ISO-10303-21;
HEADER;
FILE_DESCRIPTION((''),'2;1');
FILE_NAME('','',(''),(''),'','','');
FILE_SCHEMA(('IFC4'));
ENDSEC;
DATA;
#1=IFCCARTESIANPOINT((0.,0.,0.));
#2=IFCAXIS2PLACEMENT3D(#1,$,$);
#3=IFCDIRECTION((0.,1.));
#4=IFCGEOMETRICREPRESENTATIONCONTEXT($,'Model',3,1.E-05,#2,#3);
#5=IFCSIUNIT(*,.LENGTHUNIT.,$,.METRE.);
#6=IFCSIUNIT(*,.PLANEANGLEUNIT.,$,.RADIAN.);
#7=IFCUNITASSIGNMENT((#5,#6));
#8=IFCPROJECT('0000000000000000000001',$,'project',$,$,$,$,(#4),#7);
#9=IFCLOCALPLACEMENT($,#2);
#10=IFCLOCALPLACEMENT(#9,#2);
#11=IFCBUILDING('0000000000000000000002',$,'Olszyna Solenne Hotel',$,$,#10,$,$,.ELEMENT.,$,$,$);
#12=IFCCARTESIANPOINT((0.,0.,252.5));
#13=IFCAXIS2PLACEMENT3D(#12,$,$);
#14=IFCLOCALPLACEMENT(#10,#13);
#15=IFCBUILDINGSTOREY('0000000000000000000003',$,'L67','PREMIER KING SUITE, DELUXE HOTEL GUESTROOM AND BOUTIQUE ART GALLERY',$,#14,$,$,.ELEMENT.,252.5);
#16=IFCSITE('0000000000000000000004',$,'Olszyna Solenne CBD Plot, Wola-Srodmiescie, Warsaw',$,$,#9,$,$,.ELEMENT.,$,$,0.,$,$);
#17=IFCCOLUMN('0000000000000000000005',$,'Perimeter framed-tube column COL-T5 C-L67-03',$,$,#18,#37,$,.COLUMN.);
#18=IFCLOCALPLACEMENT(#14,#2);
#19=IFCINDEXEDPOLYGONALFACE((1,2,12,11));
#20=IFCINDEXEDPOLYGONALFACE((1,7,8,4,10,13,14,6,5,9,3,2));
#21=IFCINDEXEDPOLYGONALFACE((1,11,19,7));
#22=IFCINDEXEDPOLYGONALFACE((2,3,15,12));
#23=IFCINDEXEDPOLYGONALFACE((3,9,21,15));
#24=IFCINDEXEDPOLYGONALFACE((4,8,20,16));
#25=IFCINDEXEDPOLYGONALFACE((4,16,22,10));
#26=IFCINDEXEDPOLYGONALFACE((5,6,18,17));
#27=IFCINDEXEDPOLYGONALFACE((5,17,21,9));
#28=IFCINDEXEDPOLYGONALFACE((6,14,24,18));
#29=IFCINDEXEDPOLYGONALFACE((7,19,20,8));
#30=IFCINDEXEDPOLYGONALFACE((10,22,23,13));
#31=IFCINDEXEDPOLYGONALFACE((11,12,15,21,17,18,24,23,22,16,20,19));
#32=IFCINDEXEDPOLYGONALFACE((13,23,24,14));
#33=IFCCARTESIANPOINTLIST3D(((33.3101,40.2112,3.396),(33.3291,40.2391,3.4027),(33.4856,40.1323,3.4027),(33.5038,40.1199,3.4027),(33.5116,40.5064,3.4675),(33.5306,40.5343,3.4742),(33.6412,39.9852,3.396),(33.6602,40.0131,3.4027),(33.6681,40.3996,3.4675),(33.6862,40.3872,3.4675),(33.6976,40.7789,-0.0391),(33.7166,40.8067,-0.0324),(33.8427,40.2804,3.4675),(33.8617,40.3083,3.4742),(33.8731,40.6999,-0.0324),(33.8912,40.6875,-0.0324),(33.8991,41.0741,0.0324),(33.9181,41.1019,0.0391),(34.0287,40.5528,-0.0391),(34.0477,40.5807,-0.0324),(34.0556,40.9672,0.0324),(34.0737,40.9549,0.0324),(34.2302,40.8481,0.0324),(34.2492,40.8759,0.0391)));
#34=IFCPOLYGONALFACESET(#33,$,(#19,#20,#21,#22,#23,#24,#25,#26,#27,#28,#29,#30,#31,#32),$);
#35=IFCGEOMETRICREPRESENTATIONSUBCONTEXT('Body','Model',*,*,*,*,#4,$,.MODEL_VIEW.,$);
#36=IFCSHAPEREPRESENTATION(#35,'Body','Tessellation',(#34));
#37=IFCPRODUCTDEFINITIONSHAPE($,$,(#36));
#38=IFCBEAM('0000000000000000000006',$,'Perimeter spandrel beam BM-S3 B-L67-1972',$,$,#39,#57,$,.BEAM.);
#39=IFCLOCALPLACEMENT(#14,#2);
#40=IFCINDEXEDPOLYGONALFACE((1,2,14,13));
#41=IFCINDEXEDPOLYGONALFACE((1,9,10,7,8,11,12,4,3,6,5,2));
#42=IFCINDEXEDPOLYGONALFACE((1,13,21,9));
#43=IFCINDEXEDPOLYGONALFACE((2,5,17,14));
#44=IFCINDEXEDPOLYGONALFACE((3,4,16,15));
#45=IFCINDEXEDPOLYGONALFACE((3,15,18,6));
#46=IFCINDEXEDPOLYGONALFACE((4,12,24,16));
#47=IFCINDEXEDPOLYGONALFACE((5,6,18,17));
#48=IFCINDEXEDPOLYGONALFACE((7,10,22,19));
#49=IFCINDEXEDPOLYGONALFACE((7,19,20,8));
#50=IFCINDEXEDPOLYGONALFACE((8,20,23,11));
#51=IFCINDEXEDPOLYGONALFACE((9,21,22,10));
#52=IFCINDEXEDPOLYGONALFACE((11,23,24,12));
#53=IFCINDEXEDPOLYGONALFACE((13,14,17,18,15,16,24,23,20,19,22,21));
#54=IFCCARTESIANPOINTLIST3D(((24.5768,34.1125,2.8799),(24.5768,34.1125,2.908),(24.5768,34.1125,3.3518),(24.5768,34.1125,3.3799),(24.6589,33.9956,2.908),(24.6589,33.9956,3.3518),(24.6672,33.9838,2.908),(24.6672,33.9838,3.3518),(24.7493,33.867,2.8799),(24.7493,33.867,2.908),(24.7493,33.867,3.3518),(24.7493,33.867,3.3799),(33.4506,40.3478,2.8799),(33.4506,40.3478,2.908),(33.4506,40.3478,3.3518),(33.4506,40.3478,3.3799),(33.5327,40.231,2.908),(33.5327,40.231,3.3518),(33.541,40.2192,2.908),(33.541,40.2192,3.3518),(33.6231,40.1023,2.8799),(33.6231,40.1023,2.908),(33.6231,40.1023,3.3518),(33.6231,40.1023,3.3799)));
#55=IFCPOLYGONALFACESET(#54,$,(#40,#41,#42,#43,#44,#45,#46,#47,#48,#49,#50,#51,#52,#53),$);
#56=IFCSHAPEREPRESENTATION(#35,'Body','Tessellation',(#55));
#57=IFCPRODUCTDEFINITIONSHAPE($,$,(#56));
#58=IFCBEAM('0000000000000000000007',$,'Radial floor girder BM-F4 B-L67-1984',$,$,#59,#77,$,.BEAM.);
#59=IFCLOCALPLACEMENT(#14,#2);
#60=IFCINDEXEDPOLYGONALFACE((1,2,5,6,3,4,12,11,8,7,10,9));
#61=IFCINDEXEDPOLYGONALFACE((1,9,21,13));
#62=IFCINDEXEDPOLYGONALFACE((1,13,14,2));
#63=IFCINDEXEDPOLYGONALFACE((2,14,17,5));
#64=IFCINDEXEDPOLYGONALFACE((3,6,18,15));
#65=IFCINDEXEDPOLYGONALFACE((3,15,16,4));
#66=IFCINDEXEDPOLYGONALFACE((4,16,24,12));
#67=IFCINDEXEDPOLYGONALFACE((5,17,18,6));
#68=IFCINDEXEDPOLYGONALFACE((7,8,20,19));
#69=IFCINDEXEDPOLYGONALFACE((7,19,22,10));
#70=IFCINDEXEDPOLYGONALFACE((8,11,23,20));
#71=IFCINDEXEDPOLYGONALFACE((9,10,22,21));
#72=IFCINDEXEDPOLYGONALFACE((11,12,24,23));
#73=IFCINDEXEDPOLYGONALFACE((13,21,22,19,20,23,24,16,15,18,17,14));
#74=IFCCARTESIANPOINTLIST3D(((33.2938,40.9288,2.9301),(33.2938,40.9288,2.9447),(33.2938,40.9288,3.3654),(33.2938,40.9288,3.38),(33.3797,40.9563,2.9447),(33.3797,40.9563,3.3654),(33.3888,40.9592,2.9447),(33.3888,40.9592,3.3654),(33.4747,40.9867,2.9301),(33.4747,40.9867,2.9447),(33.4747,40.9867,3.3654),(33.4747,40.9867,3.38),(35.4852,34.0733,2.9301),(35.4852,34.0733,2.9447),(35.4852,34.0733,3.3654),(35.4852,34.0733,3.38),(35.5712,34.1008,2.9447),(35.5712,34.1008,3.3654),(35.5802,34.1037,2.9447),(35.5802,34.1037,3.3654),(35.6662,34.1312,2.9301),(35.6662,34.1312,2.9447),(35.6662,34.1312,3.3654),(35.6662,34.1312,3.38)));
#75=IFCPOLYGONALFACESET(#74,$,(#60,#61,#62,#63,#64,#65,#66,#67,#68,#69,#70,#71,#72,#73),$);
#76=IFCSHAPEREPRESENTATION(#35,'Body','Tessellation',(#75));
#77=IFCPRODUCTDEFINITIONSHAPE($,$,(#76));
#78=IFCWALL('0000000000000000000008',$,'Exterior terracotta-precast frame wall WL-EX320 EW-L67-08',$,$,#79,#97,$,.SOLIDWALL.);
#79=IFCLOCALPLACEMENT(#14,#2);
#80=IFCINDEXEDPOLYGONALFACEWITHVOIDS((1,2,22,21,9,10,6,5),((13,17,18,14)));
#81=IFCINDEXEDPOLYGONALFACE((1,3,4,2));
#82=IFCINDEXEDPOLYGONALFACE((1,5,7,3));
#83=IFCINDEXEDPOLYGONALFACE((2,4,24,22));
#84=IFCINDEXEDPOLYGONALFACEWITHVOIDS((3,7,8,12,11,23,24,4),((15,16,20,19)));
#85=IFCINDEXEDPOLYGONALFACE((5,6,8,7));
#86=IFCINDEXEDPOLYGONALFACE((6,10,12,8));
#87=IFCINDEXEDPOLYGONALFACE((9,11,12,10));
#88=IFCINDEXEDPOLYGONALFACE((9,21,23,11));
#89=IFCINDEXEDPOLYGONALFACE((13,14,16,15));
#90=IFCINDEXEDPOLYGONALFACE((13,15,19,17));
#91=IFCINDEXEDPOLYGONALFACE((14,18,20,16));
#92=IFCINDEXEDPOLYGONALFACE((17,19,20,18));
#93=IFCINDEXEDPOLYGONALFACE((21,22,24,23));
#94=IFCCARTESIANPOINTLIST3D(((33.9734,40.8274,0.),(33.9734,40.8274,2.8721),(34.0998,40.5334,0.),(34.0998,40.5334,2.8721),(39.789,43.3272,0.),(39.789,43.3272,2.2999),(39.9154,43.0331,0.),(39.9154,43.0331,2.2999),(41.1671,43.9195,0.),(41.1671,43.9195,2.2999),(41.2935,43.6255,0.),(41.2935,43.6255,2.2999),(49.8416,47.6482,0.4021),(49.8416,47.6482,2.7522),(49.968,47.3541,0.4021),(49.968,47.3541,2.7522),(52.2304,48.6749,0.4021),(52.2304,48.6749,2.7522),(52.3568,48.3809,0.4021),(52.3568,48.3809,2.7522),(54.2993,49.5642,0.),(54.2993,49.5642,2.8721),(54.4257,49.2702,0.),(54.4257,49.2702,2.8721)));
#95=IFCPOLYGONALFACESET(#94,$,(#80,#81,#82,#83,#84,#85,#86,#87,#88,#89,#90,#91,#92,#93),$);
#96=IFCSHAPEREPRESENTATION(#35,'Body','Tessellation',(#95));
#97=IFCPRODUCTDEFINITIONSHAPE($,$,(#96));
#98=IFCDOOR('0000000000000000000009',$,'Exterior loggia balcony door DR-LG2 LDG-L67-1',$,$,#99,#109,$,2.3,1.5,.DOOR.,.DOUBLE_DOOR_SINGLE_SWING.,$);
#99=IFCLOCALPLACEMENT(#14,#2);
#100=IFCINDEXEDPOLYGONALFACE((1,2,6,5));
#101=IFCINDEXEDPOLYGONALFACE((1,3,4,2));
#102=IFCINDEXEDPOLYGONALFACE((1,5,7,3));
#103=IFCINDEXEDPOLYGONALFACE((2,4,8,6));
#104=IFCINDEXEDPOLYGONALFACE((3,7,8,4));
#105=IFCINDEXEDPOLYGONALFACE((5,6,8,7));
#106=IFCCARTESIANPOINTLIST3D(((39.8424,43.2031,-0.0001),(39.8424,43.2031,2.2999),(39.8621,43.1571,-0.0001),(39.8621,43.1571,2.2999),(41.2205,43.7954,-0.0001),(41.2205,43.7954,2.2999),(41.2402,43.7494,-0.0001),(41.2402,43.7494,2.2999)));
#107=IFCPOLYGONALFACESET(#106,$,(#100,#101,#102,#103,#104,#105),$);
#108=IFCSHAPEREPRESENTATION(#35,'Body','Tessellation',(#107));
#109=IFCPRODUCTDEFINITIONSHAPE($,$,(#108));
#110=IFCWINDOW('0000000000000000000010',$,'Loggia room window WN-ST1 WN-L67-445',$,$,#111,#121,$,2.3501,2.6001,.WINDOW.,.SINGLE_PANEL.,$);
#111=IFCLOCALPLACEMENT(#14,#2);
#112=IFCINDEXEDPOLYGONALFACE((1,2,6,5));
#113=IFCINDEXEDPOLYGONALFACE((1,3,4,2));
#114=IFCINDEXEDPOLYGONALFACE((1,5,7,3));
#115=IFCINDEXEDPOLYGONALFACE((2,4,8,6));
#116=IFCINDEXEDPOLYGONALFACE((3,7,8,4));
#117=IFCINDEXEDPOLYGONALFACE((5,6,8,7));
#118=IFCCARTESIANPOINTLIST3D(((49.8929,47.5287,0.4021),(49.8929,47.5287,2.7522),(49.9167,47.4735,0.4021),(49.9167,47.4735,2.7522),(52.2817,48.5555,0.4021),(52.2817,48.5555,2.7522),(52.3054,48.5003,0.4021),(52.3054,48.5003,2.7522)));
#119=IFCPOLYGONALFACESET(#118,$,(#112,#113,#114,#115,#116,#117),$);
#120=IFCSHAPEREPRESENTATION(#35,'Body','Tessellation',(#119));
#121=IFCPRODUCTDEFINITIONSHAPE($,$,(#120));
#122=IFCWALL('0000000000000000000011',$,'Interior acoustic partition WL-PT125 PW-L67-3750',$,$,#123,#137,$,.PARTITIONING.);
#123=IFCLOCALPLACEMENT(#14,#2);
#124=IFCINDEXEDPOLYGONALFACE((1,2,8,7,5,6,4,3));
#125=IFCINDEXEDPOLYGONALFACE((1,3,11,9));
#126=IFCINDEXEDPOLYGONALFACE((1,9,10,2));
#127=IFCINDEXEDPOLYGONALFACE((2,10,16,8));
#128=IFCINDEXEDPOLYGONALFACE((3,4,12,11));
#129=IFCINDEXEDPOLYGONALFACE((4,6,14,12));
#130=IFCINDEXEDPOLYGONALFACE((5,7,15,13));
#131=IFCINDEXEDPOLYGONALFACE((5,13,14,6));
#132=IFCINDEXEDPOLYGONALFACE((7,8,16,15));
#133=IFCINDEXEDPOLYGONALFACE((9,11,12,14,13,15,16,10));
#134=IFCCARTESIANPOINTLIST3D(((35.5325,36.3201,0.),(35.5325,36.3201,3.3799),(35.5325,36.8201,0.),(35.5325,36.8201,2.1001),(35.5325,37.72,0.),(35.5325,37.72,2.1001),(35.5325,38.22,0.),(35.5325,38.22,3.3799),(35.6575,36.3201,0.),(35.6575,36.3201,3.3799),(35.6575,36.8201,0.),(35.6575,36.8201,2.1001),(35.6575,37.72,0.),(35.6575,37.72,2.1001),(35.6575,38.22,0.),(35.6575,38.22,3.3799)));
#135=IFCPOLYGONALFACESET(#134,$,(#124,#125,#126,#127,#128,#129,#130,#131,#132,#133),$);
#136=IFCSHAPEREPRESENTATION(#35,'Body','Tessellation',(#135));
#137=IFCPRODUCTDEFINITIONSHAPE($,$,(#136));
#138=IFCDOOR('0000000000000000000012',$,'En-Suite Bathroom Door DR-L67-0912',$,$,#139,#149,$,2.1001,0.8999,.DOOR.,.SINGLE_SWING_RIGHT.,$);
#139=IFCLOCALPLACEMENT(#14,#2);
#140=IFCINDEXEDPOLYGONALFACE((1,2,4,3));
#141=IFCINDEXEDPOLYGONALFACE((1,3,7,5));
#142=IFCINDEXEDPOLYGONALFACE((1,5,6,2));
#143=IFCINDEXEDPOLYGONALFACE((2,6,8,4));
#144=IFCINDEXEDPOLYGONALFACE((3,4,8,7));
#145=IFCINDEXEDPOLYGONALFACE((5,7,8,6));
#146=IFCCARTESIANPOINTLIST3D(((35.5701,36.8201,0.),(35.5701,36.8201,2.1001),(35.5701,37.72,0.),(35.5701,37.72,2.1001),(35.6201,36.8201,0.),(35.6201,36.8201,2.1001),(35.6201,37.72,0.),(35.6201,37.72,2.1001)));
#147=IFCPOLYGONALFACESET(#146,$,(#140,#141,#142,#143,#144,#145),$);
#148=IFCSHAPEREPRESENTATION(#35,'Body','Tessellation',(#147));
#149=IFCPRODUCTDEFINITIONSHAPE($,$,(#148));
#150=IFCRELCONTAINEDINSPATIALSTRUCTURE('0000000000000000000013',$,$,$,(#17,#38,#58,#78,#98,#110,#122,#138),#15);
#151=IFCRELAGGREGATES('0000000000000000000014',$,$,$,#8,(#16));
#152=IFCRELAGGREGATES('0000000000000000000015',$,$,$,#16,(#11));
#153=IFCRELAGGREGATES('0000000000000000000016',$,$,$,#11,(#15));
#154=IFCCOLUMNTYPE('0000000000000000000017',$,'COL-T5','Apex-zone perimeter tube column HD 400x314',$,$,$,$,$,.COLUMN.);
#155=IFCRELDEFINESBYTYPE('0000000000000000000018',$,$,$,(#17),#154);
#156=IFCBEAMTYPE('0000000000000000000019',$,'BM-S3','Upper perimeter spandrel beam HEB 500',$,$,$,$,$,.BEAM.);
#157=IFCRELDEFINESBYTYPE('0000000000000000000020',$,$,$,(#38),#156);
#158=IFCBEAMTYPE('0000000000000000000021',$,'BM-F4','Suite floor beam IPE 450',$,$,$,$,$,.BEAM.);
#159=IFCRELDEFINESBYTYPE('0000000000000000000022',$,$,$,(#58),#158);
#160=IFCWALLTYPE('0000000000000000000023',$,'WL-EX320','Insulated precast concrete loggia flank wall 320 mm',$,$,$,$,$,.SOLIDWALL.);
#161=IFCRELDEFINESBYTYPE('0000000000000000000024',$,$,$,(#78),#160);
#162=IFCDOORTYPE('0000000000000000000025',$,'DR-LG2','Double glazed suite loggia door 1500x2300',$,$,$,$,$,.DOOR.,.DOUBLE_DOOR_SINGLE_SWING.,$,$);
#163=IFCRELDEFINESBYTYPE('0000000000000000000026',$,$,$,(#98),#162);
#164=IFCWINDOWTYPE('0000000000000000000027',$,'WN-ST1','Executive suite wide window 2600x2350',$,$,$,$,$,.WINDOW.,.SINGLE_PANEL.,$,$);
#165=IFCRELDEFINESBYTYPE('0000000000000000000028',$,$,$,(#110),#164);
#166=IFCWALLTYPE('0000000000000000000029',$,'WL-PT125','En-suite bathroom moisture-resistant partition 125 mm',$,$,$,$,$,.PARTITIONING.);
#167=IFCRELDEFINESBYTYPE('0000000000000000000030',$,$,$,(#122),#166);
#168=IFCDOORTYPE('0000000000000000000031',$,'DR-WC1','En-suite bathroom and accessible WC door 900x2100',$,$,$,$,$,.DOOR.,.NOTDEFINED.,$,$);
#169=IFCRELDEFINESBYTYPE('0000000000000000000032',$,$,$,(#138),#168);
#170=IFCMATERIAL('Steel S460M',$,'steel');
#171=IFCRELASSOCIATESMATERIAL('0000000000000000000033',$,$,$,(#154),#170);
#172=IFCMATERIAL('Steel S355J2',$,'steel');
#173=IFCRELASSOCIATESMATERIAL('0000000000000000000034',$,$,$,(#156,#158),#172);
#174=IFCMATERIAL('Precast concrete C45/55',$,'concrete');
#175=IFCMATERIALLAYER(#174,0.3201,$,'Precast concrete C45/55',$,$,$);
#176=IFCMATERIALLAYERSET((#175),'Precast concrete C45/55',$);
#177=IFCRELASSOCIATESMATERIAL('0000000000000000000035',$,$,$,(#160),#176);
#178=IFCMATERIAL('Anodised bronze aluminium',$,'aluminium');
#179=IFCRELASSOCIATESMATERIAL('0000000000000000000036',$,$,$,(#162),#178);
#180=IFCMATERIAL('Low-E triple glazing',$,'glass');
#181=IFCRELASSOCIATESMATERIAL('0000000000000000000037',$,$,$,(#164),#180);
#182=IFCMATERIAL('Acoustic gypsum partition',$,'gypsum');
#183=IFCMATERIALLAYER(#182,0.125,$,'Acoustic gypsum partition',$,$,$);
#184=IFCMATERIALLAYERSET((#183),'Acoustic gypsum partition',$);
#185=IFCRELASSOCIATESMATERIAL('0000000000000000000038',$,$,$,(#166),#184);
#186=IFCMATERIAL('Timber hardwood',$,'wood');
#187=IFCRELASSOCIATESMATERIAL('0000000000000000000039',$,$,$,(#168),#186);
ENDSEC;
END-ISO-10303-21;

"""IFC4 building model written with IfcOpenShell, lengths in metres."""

from ifc_helpers import new_model, si_unit, direction, frame, frame_2d, origin, origin_2d, place, context, subcontext, project, spatial, rectangle, i_section, extrude, source, transform, mapped, material, layer, layer_set, material_profile, profile_set, type_object, type_shapes, element, fill, save


model = new_model("IFC4")

# Units and contexts
model_context = context("Model", 3, precision=1e-05, world=origin(), true_north=direction((0.0, 1.0)))
body_context = subcontext(model_context, "Body", "Model", "MODEL_VIEW")
ifc_project = project(units=[si_unit("LENGTHUNIT", "METRE"), si_unit("PLANEANGLEUNIT", "RADIAN")], contexts=[model_context])

# Site, building, storey
site_placement = place(None, origin())
site = spatial("IfcSite", under=ifc_project, at=site_placement, Name="Olszyna Solenne CBD Plot, Wola-Srodmiescie, Warsaw", CompositionType="ELEMENT", RefElevation=0.0)
building_placement = place(site_placement, origin())
building = spatial("IfcBuilding", under=site, at=building_placement, Name="Olszyna Solenne Hotel", CompositionType="ELEMENT")
storey_placement = place(building_placement, frame((0.0, 0.0, 252.5)))
storey = spatial("IfcBuildingStorey", under=building, at=storey_placement, Name="L67", Description="PREMIER KING SUITE, DELUXE HOTEL GUESTROOM AND BOUTIQUE ART GALLERY", CompositionType="ELEMENT", Elevation=252.5)

# Column
ifc_material_1 = material(Name="Steel S460M", Category="steel")
ifc_material_profile_1 = material_profile(ifc_material_1, i_section(OverallWidth=0.4009, OverallDepth=0.3989, WebThickness=0.022, FlangeThickness=0.0344, at=origin_2d()), Name="HD 400x314", Category="load-bearing")
ifc_profile_set_1 = profile_set([ifc_material_profile_1], Name="Steel S460M")
column_type = type_object("IfcColumnType", Name="COL-T5", Description="Apex-zone perimeter tube column HD 400x314", PredefinedType="COLUMN", material=ifc_profile_set_1)
shared_shape_1 = source(origin(), body_context, "Body", "SweptSolid", [
    extrude(i_section(OverallWidth=0.4009, OverallDepth=0.3989, WebThickness=0.022, FlangeThickness=0.0344, at=origin_2d()), origin(), (0.0, 0.0, 1.0), 3.5032),
])
column_placement = place(storey_placement, frame((33.9734, 40.8274, 0.0), z_axis=(-0.110601, -0.162034, 0.980567), x_axis=(0.825934, -0.563767, 0.0)))
element("IfcColumn", 1, at=column_placement, inside=storey, type_object=column_type, Name="Perimeter framed-tube column COL-T5 C-L67-03", PredefinedType="COLUMN", context=body_context, shape_type="MappedRepresentation", body=[
    mapped(shared_shape_1, transform((0.0, 0.0, 0.0), x_axis=(1.0, 0.0, 0.0), y_axis=(0.0, 1.0, 0.0), z_axis=(0.0, 0.0, 1.0), scale=1.0)),
])

# Beams
ifc_material_2 = material(Name="Steel S355J2", Category="steel")
ifc_material_profile_2 = material_profile(ifc_material_2, i_section(OverallWidth=0.3, OverallDepth=0.5, WebThickness=0.0144, FlangeThickness=0.0281, at=origin_2d()), Name="HEB 500", Category="load-bearing")
ifc_profile_set_2 = profile_set([ifc_material_profile_2], Name="Steel S355J2")
beam_type_1 = type_object("IfcBeamType", Name="BM-S3", Description="Upper perimeter spandrel beam HEB 500", PredefinedType="BEAM", material=ifc_profile_set_2)
shared_shape_2 = source(origin(), body_context, "Body", "SweptSolid", [
    extrude(i_section(OverallWidth=0.3, OverallDepth=0.5, WebThickness=0.0144, FlangeThickness=0.0281, at=origin_2d()), origin(), (0.0, 0.0, 1.0), 10.8455),
])
beam_1_placement = place(storey_placement, frame((33.5369, 40.2251, 3.1299), z_axis=(-0.818204, -0.574928, 0.0), x_axis=(0.574928, -0.818204, 0.0)))
element("IfcBeam", 2, at=beam_1_placement, inside=storey, type_object=beam_type_1, Name="Perimeter spandrel beam BM-S3 B-L67-1972", PredefinedType="BEAM", context=body_context, shape_type="MappedRepresentation", body=[
    mapped(shared_shape_2, transform((0.0, 0.0, 0.0), x_axis=(1.0, 0.0, 0.0), y_axis=(0.0, 1.0, 0.0), z_axis=(0.0, 0.0, 1.0), scale=1.0)),
])
ifc_material_profile_3 = material_profile(ifc_material_2, i_section(OverallWidth=0.1899, OverallDepth=0.45, WebThickness=0.0095, FlangeThickness=0.0146, at=origin_2d()), Name="IPE 450", Category="load-bearing")
ifc_profile_set_3 = profile_set([ifc_material_profile_3], Name="Steel S355J2")
beam_type_2 = type_object("IfcBeamType", Name="BM-F4", Description="Suite floor beam IPE 450", PredefinedType="BEAM", material=ifc_profile_set_3)
shared_shape_3 = source(origin(), body_context, "Body", "SweptSolid", [
    extrude(i_section(OverallWidth=0.1899, OverallDepth=0.45, WebThickness=0.0095, FlangeThickness=0.0146, at=origin_2d()), origin(), (0.0, 0.0, 1.0), 7.1973),
])
beam_2_placement = place(storey_placement, frame((33.3843, 40.9578, 3.155), z_axis=(0.30448, -0.952519, 0.0), x_axis=(0.952519, 0.30448, 0.0)))
element("IfcBeam", 3, at=beam_2_placement, inside=storey, type_object=beam_type_2, Name="Radial floor girder BM-F4 B-L67-1984", PredefinedType="BEAM", context=body_context, shape_type="MappedRepresentation", body=[
    mapped(shared_shape_3, transform((0.0, 0.0, 0.0), x_axis=(1.0, 0.0, 0.0), y_axis=(0.0, 1.0, 0.0), z_axis=(0.0, 0.0, 1.0), scale=1.0)),
])

# Wall, openings, door, window
ifc_material_3 = material(Name="Precast concrete C45/55", Category="concrete")
ifc_layer_1 = layer(ifc_material_3, 0.3201, Name="Precast concrete C45/55")
ifc_layer_set_1 = layer_set([ifc_layer_1], Name="Precast concrete C45/55")
wall_type_1 = type_object("IfcWallType", Name="WL-EX320", Description="Insulated precast concrete loggia flank wall 320 mm", PredefinedType="SOLIDWALL", material=ifc_layer_set_1)
wall_1_placement = place(storey_placement, frame((34.0366, 40.6804, 0.0), z_axis=(0.0, 0.0, 1.0), x_axis=(0.918724, 0.394901, 0.0)))
wall_1 = element("IfcWall", 4, at=wall_1_placement, inside=storey, type_object=wall_type_1, Name="Exterior terracotta-precast frame wall WL-EX320 EW-L67-08", PredefinedType="SOLIDWALL", context=body_context, shape_type="SweptSolid", body=[
    extrude(rectangle(XDim=22.124, YDim=0.3201, at=frame_2d((11.062, 0.0))), origin(), (0.0, 0.0, 1.0), 2.8721),
])
opening_1_placement = place(wall_1_placement, frame((6.3301, 0.0, 0.0)))
opening_1 = element("IfcOpeningElement", 5, at=opening_1_placement, cuts=wall_1, PredefinedType="OPENING", context=body_context, shape_type="SweptSolid", body=[
    extrude(rectangle(XDim=1.5, YDim=2.3, at=frame_2d((0.75, 1.1499))), frame((0.0, 0.1699, 0.0), z_axis=(0.0, -1.0, 0.0), x_axis=(1.0, 0.0, 0.0)), (0.0, 0.0, 1.0), 0.3401),
])
opening_2_placement = place(wall_1_placement, frame((17.272, 0.0, 0.4021)))
opening_2 = element("IfcOpeningElement", 6, at=opening_2_placement, cuts=wall_1, PredefinedType="OPENING", context=body_context, shape_type="SweptSolid", body=[
    extrude(rectangle(XDim=2.6001, YDim=2.3501, at=frame_2d((1.3, 1.175))), frame((0.0, 0.1699, 0.0), z_axis=(0.0, -1.0, 0.0), x_axis=(1.0, 0.0, 0.0)), (0.0, 0.0, 1.0), 0.3401),
])
ifc_material_4 = material(Name="Anodised bronze aluminium", Category="aluminium")
door_type_1 = type_object("IfcDoorType", Name="DR-LG2", Description="Double glazed suite loggia door 1500x2300", OperationType="DOUBLE_DOOR_SINGLE_SWING", PredefinedType="DOOR", material=ifc_material_4)
shared_shape_4 = source(origin(), body_context, "Body", "SweptSolid", [
    extrude(rectangle(XDim=1.5, YDim=2.3, at=frame_2d((0.75, 1.1499))), frame((0.0, 0.0249, 0.0), z_axis=(0.0, -1.0, 0.0), x_axis=(1.0, 0.0, 0.0)), (0.0, 0.0, 1.0), 0.05),
])
type_shapes(door_type_1, [shared_shape_4])
door_1_placement = place(opening_1_placement, origin())
door_1 = element("IfcDoor", 7, at=door_1_placement, inside=storey, type_object=door_type_1, Name="Exterior loggia balcony door DR-LG2 LDG-L67-1", OperationType="DOUBLE_DOOR_SINGLE_SWING", OverallHeight=2.3, OverallWidth=1.5, PredefinedType="DOOR", context=body_context, shape_type="MappedRepresentation", body=[
    mapped(shared_shape_4, transform((0.0, 0.0, 0.0), x_axis=(1.0, 0.0, 0.0), y_axis=(0.0, 1.0, 0.0), z_axis=(0.0, 0.0, 1.0), scale=1.0)),
])
fill(opening_1, door_1)
ifc_material_5 = material(Name="Low-E triple glazing", Category="glass")
window_type = type_object("IfcWindowType", Name="WN-ST1", Description="Executive suite wide window 2600x2350", PartitioningType="SINGLE_PANEL", PredefinedType="WINDOW", material=ifc_material_5)
shared_shape_5 = source(origin(), body_context, "Body", "SweptSolid", [
    extrude(rectangle(XDim=2.6001, YDim=2.3501, at=frame_2d((1.3, 1.175))), frame((0.0, 0.03, 0.0), z_axis=(0.0, -1.0, 0.0), x_axis=(1.0, 0.0, 0.0)), (0.0, 0.0, 1.0), 0.0601),
])
type_shapes(window_type, [shared_shape_5])
window_placement = place(opening_2_placement, origin())
window = element("IfcWindow", 8, at=window_placement, inside=storey, type_object=window_type, Name="Loggia room window WN-ST1 WN-L67-445", OverallHeight=2.3501, OverallWidth=2.6001, PartitioningType="SINGLE_PANEL", PredefinedType="WINDOW", context=body_context, shape_type="MappedRepresentation", body=[
    mapped(shared_shape_5, transform((0.0, 0.0, 0.0), x_axis=(1.0, 0.0, 0.0), y_axis=(0.0, 1.0, 0.0), z_axis=(0.0, 0.0, 1.0), scale=1.0)),
])
fill(opening_2, window)

# Wall, opening, door
ifc_material_6 = material(Name="Acoustic gypsum partition", Category="gypsum")
ifc_layer_2 = layer(ifc_material_6, 0.125, Name="Acoustic gypsum partition")
ifc_layer_set_2 = layer_set([ifc_layer_2], Name="Acoustic gypsum partition")
wall_type_2 = type_object("IfcWallType", Name="WL-PT125", Description="En-suite bathroom moisture-resistant partition 125 mm", PredefinedType="PARTITIONING", material=ifc_layer_set_2)
wall_2_placement = place(storey_placement, frame((35.595, 36.3201, 0.0), z_axis=(0.0, 0.0, 1.0), x_axis=(0.0, 1.0, 0.0)))
wall_2 = element("IfcWall", 9, at=wall_2_placement, inside=storey, type_object=wall_type_2, Name="Interior acoustic partition WL-PT125 PW-L67-3750", PredefinedType="PARTITIONING", context=body_context, shape_type="SweptSolid", body=[
    extrude(rectangle(XDim=1.8999, YDim=0.125, at=frame_2d((0.95, 0.0))), origin(), (0.0, 0.0, 1.0), 3.3799),
])
opening_3_placement = place(wall_2_placement, frame((0.5, 0.0, 0.0)))
opening_3 = element("IfcOpeningElement", 10, at=opening_3_placement, cuts=wall_2, PredefinedType="OPENING", context=body_context, shape_type="SweptSolid", body=[
    extrude(rectangle(XDim=0.8999, YDim=2.1001, at=frame_2d((0.45, 1.05))), frame((0.0, 0.0725, 0.0), z_axis=(0.0, -1.0, 0.0), x_axis=(1.0, 0.0, 0.0)), (0.0, 0.0, 1.0), 0.145),
])
ifc_material_7 = material(Name="Timber hardwood", Category="wood")
door_type_2 = type_object("IfcDoorType", Name="DR-WC1", Description="En-suite bathroom and accessible WC door 900x2100", OperationType="NOTDEFINED", PredefinedType="DOOR", material=ifc_material_7)
shared_shape_6 = source(origin(), body_context, "Body", "SweptSolid", [
    extrude(rectangle(XDim=0.8999, YDim=2.1001, at=frame_2d((0.45, 1.05))), frame((0.0, 0.0249, 0.0), z_axis=(0.0, -1.0, 0.0), x_axis=(1.0, 0.0, 0.0)), (0.0, 0.0, 1.0), 0.05),
])
type_shapes(door_type_2, [shared_shape_6])
door_2_placement = place(opening_3_placement, origin())
door_2 = element("IfcDoor", 11, at=door_2_placement, inside=storey, type_object=door_type_2, Name="En-Suite Bathroom Door DR-L67-0912", OperationType="SINGLE_SWING_RIGHT", OverallHeight=2.1001, OverallWidth=0.8999, PredefinedType="DOOR", context=body_context, shape_type="MappedRepresentation", body=[
    mapped(shared_shape_6, transform((0.0, 0.0, 0.0), x_axis=(1.0, 0.0, 0.0), y_axis=(0.0, 1.0, 0.0), z_axis=(0.0, 0.0, 1.0), scale=1.0)),
])
fill(opening_3, door_2)

save(model, "model.ifc")
